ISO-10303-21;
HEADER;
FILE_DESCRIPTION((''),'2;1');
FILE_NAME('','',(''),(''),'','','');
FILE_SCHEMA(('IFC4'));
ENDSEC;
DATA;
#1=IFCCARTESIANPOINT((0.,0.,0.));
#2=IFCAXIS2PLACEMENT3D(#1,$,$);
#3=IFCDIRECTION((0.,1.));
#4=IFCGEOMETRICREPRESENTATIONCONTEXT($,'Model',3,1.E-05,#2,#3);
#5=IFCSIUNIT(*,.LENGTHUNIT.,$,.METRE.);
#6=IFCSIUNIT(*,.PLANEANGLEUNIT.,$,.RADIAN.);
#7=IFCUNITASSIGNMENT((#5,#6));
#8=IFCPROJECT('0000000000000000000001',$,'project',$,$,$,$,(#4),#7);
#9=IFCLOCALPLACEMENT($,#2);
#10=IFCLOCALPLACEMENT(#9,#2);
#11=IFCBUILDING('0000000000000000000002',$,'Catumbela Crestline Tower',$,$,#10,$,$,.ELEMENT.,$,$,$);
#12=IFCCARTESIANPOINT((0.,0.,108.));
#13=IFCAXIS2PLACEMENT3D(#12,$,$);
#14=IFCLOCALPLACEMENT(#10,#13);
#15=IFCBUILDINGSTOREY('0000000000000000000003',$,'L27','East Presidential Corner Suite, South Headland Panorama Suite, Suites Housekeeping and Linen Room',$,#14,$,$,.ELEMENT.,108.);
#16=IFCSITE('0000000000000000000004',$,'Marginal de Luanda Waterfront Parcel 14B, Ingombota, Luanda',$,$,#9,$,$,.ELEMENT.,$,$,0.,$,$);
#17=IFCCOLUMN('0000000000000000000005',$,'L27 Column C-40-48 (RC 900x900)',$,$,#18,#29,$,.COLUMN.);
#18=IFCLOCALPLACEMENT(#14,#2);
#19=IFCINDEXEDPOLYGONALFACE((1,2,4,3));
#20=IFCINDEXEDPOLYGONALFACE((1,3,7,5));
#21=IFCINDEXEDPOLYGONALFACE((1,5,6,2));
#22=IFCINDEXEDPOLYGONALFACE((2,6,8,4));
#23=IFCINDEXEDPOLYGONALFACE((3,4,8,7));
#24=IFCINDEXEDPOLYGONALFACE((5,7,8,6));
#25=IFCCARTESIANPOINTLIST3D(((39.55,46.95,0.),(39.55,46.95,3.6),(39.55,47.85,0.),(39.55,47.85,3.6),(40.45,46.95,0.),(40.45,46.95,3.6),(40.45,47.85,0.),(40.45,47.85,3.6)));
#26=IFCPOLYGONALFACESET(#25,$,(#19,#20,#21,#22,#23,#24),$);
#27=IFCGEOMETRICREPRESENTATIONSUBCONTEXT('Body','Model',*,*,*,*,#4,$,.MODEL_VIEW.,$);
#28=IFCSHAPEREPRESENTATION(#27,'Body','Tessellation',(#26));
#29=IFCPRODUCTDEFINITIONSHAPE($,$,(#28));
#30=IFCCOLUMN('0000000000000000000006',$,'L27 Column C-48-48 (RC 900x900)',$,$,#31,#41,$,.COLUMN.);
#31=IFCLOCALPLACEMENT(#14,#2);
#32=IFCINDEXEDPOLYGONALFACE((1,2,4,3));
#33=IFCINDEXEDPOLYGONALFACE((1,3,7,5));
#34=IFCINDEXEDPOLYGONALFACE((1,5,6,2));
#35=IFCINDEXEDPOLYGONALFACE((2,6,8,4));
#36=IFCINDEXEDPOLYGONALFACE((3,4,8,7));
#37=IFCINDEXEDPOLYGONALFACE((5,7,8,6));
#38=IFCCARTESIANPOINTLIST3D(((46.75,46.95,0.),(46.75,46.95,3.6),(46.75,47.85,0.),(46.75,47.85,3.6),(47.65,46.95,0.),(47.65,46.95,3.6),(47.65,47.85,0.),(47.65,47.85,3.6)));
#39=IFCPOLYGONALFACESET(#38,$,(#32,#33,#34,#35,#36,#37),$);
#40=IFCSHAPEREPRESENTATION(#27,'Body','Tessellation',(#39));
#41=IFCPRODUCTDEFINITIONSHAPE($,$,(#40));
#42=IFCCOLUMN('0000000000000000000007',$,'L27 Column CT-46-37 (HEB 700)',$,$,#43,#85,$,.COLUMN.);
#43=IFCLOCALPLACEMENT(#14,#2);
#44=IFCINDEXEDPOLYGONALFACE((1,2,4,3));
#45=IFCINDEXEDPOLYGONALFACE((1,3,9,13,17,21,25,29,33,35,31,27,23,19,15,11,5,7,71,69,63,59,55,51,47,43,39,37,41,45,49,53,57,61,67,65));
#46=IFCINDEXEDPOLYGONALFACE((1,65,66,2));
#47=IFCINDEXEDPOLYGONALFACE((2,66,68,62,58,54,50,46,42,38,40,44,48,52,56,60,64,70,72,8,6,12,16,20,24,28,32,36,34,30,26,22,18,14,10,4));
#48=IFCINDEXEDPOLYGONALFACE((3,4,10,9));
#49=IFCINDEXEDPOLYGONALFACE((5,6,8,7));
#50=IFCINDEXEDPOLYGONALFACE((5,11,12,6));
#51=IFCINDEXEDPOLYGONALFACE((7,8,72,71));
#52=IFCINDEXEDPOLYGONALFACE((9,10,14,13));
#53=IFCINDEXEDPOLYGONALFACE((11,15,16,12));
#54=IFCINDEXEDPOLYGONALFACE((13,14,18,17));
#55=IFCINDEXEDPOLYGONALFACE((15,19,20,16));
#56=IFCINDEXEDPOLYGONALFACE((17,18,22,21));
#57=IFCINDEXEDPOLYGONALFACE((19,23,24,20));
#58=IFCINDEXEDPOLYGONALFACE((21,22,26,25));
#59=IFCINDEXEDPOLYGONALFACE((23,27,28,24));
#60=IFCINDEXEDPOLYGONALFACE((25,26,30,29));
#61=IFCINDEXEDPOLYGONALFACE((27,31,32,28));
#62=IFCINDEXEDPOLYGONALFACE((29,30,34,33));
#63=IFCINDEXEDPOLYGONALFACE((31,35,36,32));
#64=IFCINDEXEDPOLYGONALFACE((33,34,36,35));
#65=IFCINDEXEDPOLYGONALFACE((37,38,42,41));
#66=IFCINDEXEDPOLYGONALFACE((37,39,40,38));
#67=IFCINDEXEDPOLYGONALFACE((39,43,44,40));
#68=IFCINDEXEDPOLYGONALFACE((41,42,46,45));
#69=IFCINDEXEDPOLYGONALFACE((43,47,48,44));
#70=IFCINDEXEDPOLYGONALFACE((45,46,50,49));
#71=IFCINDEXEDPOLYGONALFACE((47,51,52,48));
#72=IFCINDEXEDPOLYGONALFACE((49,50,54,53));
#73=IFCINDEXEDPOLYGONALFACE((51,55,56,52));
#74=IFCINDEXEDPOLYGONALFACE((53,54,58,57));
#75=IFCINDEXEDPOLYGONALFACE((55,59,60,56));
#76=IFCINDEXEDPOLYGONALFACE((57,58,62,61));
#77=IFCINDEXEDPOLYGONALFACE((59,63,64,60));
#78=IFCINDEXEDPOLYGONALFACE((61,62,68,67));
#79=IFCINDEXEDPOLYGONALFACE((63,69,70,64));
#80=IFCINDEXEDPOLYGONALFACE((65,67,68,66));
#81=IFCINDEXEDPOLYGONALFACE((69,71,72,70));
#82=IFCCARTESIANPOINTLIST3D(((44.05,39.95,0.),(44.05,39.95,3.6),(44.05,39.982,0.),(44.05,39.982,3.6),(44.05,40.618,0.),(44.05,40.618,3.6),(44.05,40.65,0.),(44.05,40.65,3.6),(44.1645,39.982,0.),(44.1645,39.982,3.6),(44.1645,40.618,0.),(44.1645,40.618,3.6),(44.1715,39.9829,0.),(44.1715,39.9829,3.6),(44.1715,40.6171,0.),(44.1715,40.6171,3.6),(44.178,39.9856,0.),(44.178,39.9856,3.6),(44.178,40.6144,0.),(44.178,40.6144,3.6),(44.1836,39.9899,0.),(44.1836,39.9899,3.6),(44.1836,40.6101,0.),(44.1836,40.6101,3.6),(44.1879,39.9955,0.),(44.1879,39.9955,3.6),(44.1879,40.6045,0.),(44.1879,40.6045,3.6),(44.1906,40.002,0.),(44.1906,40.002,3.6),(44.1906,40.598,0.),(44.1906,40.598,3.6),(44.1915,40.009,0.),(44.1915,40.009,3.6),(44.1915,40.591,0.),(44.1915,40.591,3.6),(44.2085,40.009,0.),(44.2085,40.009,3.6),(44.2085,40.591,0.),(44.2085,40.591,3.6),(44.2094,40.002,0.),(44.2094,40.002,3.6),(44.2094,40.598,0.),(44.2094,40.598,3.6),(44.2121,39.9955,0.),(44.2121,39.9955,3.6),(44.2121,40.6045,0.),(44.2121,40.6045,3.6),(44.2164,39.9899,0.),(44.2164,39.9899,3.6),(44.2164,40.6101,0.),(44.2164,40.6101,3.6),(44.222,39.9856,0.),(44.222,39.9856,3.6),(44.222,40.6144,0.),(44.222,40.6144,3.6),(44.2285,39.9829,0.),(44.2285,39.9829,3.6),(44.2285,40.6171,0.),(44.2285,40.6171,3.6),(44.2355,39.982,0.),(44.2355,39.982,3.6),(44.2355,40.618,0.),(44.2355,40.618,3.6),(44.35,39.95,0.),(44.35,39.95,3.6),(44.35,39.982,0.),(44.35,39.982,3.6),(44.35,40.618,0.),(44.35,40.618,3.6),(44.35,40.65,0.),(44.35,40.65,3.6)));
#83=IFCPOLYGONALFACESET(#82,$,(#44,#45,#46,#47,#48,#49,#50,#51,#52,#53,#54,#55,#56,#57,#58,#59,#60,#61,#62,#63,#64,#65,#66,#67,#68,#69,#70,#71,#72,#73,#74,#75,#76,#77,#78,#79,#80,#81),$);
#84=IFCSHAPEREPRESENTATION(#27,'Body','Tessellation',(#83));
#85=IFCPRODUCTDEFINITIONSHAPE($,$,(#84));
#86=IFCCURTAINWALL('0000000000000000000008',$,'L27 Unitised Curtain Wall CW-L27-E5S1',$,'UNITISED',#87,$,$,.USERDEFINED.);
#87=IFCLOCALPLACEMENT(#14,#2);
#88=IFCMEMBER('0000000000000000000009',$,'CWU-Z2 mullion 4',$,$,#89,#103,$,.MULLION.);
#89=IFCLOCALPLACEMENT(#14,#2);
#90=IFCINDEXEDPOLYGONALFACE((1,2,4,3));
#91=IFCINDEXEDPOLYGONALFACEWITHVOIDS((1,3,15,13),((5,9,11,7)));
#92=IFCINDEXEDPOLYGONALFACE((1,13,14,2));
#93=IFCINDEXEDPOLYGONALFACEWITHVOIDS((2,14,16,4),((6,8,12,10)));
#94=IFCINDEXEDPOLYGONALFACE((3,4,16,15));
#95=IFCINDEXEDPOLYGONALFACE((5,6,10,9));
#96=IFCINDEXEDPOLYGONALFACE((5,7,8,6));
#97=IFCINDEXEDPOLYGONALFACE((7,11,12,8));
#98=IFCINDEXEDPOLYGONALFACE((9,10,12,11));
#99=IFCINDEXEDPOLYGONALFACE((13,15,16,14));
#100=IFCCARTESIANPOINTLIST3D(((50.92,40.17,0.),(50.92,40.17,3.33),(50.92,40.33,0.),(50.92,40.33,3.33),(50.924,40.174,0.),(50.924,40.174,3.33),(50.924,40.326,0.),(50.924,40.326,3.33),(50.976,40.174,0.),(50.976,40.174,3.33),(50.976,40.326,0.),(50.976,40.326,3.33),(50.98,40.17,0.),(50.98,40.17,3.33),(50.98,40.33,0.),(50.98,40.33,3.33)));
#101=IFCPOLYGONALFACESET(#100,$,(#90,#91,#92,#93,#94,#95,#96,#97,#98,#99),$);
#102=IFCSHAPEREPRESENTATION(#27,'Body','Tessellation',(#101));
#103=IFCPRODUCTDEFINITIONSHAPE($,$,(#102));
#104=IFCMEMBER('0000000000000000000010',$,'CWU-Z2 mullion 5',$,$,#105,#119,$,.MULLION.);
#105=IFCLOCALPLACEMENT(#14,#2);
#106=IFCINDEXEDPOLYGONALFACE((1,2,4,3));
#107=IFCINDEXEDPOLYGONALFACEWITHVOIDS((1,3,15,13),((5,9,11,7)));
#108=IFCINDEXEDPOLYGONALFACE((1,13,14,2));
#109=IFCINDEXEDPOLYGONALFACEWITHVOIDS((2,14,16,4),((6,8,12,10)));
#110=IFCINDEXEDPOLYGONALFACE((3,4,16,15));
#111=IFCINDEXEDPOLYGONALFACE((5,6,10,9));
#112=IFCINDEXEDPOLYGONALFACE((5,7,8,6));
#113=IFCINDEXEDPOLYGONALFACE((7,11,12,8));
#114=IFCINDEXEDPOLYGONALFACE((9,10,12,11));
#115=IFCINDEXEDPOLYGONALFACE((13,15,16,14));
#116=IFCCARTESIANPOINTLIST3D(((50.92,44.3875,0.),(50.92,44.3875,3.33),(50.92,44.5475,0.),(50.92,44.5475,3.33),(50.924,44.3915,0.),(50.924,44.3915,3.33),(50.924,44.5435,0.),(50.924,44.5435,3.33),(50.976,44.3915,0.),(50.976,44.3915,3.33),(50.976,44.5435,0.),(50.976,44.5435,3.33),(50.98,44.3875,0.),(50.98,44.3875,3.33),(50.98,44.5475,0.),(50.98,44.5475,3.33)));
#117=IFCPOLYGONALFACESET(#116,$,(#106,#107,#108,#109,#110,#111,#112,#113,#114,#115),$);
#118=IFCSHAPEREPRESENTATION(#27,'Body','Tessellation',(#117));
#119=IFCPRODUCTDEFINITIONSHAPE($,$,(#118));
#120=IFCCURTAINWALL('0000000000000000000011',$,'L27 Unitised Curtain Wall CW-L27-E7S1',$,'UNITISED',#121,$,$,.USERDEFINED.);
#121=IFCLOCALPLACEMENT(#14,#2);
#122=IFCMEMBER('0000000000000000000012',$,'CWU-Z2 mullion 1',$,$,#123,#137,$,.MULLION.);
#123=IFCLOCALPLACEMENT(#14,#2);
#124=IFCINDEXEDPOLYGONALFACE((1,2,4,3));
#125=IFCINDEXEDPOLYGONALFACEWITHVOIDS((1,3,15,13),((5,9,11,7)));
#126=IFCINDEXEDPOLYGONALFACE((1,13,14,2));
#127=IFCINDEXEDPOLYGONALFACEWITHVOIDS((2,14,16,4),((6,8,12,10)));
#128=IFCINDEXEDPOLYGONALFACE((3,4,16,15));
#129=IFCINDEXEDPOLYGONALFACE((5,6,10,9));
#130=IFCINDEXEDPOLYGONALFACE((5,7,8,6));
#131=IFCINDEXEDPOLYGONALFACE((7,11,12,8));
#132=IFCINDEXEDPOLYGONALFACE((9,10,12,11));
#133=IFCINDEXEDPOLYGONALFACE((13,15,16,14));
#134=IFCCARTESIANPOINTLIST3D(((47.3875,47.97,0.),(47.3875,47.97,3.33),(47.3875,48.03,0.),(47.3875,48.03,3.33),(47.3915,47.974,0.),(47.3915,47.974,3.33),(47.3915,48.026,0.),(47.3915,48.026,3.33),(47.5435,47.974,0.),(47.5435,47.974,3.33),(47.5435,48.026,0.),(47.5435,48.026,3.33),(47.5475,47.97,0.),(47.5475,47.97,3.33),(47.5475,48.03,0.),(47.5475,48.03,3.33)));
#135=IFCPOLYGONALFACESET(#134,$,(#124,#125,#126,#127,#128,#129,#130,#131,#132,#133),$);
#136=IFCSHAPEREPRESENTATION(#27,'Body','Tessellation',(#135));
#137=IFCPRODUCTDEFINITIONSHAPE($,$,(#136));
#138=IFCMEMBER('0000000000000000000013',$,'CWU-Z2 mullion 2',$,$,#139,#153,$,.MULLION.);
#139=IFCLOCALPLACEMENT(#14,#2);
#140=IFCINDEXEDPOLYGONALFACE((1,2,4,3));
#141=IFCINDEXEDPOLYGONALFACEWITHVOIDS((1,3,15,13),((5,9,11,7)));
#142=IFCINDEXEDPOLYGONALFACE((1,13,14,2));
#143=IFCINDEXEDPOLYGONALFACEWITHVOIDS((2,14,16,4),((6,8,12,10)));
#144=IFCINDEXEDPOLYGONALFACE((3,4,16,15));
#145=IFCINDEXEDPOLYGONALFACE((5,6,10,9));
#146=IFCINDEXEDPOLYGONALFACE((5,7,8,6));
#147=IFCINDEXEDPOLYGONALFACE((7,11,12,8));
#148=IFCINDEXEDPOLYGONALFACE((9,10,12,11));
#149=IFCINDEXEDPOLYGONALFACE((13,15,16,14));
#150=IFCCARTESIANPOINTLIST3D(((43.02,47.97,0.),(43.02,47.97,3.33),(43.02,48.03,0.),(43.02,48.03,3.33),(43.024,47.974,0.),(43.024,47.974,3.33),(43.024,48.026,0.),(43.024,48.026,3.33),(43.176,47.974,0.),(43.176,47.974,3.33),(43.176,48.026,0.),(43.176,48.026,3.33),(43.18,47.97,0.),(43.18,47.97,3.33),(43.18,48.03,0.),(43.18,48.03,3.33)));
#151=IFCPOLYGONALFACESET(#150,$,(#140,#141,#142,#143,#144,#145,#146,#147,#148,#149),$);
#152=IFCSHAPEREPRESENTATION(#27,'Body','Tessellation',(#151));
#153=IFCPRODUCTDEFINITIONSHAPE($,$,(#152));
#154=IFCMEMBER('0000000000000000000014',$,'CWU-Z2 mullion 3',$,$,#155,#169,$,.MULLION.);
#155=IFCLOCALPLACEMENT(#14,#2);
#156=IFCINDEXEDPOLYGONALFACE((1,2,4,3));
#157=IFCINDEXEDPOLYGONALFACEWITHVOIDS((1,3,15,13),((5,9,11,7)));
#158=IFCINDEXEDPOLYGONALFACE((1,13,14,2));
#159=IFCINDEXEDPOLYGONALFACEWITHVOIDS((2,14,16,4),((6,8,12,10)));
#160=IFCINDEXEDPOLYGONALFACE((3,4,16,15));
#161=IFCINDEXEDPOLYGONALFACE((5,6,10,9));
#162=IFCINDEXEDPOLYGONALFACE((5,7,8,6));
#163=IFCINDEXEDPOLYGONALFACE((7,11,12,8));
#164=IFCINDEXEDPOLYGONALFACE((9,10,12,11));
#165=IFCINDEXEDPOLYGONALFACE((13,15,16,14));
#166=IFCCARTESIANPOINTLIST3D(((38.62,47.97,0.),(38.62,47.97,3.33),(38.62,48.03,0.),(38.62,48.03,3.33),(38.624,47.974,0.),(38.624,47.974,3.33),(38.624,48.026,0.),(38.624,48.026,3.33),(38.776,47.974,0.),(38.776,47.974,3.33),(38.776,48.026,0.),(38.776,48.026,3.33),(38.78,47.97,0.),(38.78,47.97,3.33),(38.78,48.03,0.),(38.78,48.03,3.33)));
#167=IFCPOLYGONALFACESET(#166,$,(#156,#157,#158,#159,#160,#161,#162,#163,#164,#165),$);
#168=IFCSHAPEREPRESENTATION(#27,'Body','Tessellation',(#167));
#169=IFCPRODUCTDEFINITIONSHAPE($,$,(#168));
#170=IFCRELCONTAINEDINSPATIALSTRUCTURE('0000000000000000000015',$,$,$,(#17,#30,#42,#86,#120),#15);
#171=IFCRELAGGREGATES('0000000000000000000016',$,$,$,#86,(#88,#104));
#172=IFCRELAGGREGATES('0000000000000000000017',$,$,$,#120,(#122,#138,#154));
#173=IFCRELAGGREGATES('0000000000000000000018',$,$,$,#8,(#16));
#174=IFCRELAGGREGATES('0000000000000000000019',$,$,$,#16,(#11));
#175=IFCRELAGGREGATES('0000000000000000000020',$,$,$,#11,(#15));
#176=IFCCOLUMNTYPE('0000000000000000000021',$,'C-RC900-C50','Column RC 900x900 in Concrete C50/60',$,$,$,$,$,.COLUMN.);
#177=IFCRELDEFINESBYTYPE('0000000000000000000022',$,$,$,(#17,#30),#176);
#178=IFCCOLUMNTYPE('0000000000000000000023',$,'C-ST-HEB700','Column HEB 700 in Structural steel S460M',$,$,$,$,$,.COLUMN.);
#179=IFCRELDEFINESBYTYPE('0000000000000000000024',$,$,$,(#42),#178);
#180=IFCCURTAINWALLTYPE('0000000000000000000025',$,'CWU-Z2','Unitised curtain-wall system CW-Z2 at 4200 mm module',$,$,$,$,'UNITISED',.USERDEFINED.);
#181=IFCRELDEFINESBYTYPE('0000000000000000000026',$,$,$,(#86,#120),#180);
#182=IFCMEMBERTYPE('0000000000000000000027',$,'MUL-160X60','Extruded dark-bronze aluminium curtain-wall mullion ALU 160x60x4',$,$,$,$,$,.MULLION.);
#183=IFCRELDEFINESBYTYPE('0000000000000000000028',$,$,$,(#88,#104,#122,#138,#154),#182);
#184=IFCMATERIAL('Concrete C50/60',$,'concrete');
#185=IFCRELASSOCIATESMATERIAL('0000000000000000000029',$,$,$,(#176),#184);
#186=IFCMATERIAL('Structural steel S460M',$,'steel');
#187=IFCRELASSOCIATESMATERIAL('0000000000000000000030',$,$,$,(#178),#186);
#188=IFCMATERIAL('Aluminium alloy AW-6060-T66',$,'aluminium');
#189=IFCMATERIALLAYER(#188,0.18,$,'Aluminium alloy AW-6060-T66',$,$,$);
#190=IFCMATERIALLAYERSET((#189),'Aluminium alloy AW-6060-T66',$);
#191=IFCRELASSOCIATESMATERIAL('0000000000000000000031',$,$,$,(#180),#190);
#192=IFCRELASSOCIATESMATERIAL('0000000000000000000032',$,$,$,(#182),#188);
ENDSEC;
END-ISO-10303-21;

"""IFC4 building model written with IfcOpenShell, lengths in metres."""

from ifc_helpers import new_model, si_unit, direction, frame, origin, origin_2d, place, context, subcontext, project, spatial, rectangle, hollow_rectangle, i_section, extrude, material, layer, layer_set, material_profile, profile_set, type_object, element, aggregate, save


model = new_model("IFC4")

# Units and contexts
model_context = context("Model", 3, precision=1e-05, world=origin(), true_north=direction((0.0, 1.0)))
body_context = subcontext(model_context, "Body", "Model", "MODEL_VIEW")
ifc_project = project(units=[si_unit("LENGTHUNIT", "METRE"), si_unit("PLANEANGLEUNIT", "RADIAN")], contexts=[model_context])

# Site, building, storey
site_placement = place(None, origin())
site = spatial("IfcSite", under=ifc_project, at=site_placement, Name="Marginal de Luanda Waterfront Parcel 14B, Ingombota, Luanda", CompositionType="ELEMENT", RefElevation=0.0)
building_placement = place(site_placement, origin())
building = spatial("IfcBuilding", under=site, at=building_placement, Name="Catumbela Crestline Tower", CompositionType="ELEMENT")
storey_placement = place(building_placement, frame((0.0, 0.0, 108.0)))
storey = spatial("IfcBuildingStorey", under=building, at=storey_placement, Name="L27", Description="East Presidential Corner Suite, South Headland Panorama Suite, Suites Housekeeping and Linen Room", CompositionType="ELEMENT", Elevation=108.0)

# Columns
ifc_material_1 = material(Name="Concrete C50/60", Category="concrete")
ifc_material_profile_1 = material_profile(ifc_material_1, rectangle(XDim=0.9, YDim=0.9, at=origin_2d()), Name="RC 900x900")
ifc_profile_set_1 = profile_set([ifc_material_profile_1], Name="Concrete C50/60")
column_type_1 = type_object("IfcColumnType", Name="C-RC900-C50", Description="Column RC 900x900 in Concrete C50/60", PredefinedType="COLUMN", material=ifc_profile_set_1)
for number, where, z_axis, x_axis, name in (
    (1, (40.0, 47.4, 0.0), (0.0, 0.0, 1.0), (1.0, 0.0, 0.0), "L27 Column C-40-48 (RC 900x900)"),
    (2, (47.2, 47.4, 0.0), (0.0, 0.0, 1.0), (1.0, 0.0, 0.0), "L27 Column C-48-48 (RC 900x900)"),
):
    element("IfcColumn", number, at=place(storey_placement, frame(where, z_axis=z_axis, x_axis=x_axis)), inside=storey, type_object=column_type_1, Name=name, PredefinedType="COLUMN", context=body_context, shape_type="SweptSolid", body=[
        extrude(rectangle(XDim=0.9, YDim=0.9, at=origin_2d()), origin(), (0.0, 0.0, 1.0), 3.6),
    ])
ifc_material_2 = material(Name="Structural steel S460M", Category="steel")
ifc_material_profile_2 = material_profile(ifc_material_2, i_section(OverallWidth=0.3, OverallDepth=0.7, WebThickness=0.017, FlangeThickness=0.032, FilletRadius=0.027, at=origin_2d()), Name="HEB 700")
ifc_profile_set_2 = profile_set([ifc_material_profile_2], Name="Structural steel S460M")
column_type_2 = type_object("IfcColumnType", Name="C-ST-HEB700", Description="Column HEB 700 in Structural steel S460M", PredefinedType="COLUMN", material=ifc_profile_set_2)
column_placement = place(storey_placement, frame((44.2, 40.3, 0.0), z_axis=(0.0, 0.0, 1.0), x_axis=(1.0, 0.0, 0.0)))
element("IfcColumn", 3, at=column_placement, inside=storey, type_object=column_type_2, Name="L27 Column CT-46-37 (HEB 700)", PredefinedType="COLUMN", context=body_context, shape_type="SweptSolid", body=[
    extrude(i_section(OverallWidth=0.3, OverallDepth=0.7, WebThickness=0.017, FlangeThickness=0.032, FilletRadius=0.027, at=origin_2d()), origin(), (0.0, 0.0, 1.0), 3.6),
])

# Curtain walls, members
ifc_material_3 = material(Name="Aluminium alloy AW-6060-T66", Category="aluminium")
ifc_layer_1 = layer(ifc_material_3, 0.18, Name="Aluminium alloy AW-6060-T66")
ifc_layer_set_1 = layer_set([ifc_layer_1], Name="Aluminium alloy AW-6060-T66")
curtain_wall_type = type_object("IfcCurtainWallType", Name="CWU-Z2", Description="Unitised curtain-wall system CW-Z2 at 4200 mm module", ElementType="UNITISED", PredefinedType="USERDEFINED", material=ifc_layer_set_1)
curtain_wall_1_placement = place(storey_placement, origin())
curtain_wall_1 = element("IfcCurtainWall", 4, at=curtain_wall_1_placement, inside=storey, type_object=curtain_wall_type, Name="L27 Unitised Curtain Wall CW-L27-E5S1", ObjectType="UNITISED", PredefinedType="USERDEFINED")
ifc_material_profile_3 = material_profile(ifc_material_3, hollow_rectangle(XDim=0.06, YDim=0.16, WallThickness=0.004, at=origin_2d()), Name="ALU 160x60x4")
ifc_profile_set_3 = profile_set([ifc_material_profile_3], Name="Aluminium alloy AW-6060-T66")
member_type_1 = type_object("IfcMemberType", Name="MUL-160X60", Description="Extruded dark-bronze aluminium curtain-wall mullion ALU 160x60x4", PredefinedType="MULLION", material=ifc_profile_set_3)
member_1_placement = place(storey_placement, frame((50.95, 40.25, 0.0), z_axis=(0.0, 0.0, 1.0), x_axis=(-1.0, 0.0, 0.0)))
member_1 = element("IfcMember", 5, at=member_1_placement, type_object=member_type_1, Name="CWU-Z2 mullion 4", PredefinedType="MULLION", context=body_context, shape_type="SweptSolid", body=[
    extrude(hollow_rectangle(XDim=0.06, YDim=0.16, WallThickness=0.004, at=origin_2d()), origin(), (0.0, 0.0, 1.0), 3.33),
])
member_2_placement = place(storey_placement, frame((50.95, 44.4675, 0.0), z_axis=(0.0, 0.0, 1.0), x_axis=(-1.0, 0.0, 0.0)))
member_2 = element("IfcMember", 6, at=member_2_placement, type_object=member_type_1, Name="CWU-Z2 mullion 5", PredefinedType="MULLION", context=body_context, shape_type="SweptSolid", body=[
    extrude(hollow_rectangle(XDim=0.06, YDim=0.16, WallThickness=0.004, at=origin_2d()), origin(), (0.0, 0.0, 1.0), 3.33),
])
curtain_wall_2_placement = place(storey_placement, origin())
curtain_wall_2 = element("IfcCurtainWall", 7, at=curtain_wall_2_placement, inside=storey, type_object=curtain_wall_type, Name="L27 Unitised Curtain Wall CW-L27-E7S1", ObjectType="UNITISED", PredefinedType="USERDEFINED")
member_3_placement = place(storey_placement, frame((47.4675, 48.0, 0.0), z_axis=(0.0, 0.0, 1.0), x_axis=(0.0, -1.0, 0.0)))
member_3 = element("IfcMember", 8, at=member_3_placement, type_object=member_type_1, Name="CWU-Z2 mullion 1", PredefinedType="MULLION", context=body_context, shape_type="SweptSolid", body=[
    extrude(hollow_rectangle(XDim=0.06, YDim=0.16, WallThickness=0.004, at=origin_2d()), origin(), (0.0, 0.0, 1.0), 3.33),
])
member_4_placement = place(storey_placement, frame((43.1, 48.0, 0.0), z_axis=(0.0, 0.0, 1.0), x_axis=(0.0, -1.0, 0.0)))
member_4 = element("IfcMember", 9, at=member_4_placement, type_object=member_type_1, Name="CWU-Z2 mullion 2", PredefinedType="MULLION", context=body_context, shape_type="SweptSolid", body=[
    extrude(hollow_rectangle(XDim=0.06, YDim=0.16, WallThickness=0.004, at=origin_2d()), origin(), (0.0, 0.0, 1.0), 3.33),
])
member_5_placement = place(storey_placement, frame((38.7, 48.0, 0.0), z_axis=(0.0, 0.0, 1.0), x_axis=(0.0, -1.0, 0.0)))
member_5 = element("IfcMember", 10, at=member_5_placement, type_object=member_type_1, Name="CWU-Z2 mullion 3", PredefinedType="MULLION", context=body_context, shape_type="SweptSolid", body=[
    extrude(hollow_rectangle(XDim=0.06, YDim=0.16, WallThickness=0.004, at=origin_2d()), origin(), (0.0, 0.0, 1.0), 3.33),
])

aggregate(curtain_wall_1, [member_1, member_2])
aggregate(curtain_wall_2, [member_3, member_4, member_5])

save(model, "model.ifc")
